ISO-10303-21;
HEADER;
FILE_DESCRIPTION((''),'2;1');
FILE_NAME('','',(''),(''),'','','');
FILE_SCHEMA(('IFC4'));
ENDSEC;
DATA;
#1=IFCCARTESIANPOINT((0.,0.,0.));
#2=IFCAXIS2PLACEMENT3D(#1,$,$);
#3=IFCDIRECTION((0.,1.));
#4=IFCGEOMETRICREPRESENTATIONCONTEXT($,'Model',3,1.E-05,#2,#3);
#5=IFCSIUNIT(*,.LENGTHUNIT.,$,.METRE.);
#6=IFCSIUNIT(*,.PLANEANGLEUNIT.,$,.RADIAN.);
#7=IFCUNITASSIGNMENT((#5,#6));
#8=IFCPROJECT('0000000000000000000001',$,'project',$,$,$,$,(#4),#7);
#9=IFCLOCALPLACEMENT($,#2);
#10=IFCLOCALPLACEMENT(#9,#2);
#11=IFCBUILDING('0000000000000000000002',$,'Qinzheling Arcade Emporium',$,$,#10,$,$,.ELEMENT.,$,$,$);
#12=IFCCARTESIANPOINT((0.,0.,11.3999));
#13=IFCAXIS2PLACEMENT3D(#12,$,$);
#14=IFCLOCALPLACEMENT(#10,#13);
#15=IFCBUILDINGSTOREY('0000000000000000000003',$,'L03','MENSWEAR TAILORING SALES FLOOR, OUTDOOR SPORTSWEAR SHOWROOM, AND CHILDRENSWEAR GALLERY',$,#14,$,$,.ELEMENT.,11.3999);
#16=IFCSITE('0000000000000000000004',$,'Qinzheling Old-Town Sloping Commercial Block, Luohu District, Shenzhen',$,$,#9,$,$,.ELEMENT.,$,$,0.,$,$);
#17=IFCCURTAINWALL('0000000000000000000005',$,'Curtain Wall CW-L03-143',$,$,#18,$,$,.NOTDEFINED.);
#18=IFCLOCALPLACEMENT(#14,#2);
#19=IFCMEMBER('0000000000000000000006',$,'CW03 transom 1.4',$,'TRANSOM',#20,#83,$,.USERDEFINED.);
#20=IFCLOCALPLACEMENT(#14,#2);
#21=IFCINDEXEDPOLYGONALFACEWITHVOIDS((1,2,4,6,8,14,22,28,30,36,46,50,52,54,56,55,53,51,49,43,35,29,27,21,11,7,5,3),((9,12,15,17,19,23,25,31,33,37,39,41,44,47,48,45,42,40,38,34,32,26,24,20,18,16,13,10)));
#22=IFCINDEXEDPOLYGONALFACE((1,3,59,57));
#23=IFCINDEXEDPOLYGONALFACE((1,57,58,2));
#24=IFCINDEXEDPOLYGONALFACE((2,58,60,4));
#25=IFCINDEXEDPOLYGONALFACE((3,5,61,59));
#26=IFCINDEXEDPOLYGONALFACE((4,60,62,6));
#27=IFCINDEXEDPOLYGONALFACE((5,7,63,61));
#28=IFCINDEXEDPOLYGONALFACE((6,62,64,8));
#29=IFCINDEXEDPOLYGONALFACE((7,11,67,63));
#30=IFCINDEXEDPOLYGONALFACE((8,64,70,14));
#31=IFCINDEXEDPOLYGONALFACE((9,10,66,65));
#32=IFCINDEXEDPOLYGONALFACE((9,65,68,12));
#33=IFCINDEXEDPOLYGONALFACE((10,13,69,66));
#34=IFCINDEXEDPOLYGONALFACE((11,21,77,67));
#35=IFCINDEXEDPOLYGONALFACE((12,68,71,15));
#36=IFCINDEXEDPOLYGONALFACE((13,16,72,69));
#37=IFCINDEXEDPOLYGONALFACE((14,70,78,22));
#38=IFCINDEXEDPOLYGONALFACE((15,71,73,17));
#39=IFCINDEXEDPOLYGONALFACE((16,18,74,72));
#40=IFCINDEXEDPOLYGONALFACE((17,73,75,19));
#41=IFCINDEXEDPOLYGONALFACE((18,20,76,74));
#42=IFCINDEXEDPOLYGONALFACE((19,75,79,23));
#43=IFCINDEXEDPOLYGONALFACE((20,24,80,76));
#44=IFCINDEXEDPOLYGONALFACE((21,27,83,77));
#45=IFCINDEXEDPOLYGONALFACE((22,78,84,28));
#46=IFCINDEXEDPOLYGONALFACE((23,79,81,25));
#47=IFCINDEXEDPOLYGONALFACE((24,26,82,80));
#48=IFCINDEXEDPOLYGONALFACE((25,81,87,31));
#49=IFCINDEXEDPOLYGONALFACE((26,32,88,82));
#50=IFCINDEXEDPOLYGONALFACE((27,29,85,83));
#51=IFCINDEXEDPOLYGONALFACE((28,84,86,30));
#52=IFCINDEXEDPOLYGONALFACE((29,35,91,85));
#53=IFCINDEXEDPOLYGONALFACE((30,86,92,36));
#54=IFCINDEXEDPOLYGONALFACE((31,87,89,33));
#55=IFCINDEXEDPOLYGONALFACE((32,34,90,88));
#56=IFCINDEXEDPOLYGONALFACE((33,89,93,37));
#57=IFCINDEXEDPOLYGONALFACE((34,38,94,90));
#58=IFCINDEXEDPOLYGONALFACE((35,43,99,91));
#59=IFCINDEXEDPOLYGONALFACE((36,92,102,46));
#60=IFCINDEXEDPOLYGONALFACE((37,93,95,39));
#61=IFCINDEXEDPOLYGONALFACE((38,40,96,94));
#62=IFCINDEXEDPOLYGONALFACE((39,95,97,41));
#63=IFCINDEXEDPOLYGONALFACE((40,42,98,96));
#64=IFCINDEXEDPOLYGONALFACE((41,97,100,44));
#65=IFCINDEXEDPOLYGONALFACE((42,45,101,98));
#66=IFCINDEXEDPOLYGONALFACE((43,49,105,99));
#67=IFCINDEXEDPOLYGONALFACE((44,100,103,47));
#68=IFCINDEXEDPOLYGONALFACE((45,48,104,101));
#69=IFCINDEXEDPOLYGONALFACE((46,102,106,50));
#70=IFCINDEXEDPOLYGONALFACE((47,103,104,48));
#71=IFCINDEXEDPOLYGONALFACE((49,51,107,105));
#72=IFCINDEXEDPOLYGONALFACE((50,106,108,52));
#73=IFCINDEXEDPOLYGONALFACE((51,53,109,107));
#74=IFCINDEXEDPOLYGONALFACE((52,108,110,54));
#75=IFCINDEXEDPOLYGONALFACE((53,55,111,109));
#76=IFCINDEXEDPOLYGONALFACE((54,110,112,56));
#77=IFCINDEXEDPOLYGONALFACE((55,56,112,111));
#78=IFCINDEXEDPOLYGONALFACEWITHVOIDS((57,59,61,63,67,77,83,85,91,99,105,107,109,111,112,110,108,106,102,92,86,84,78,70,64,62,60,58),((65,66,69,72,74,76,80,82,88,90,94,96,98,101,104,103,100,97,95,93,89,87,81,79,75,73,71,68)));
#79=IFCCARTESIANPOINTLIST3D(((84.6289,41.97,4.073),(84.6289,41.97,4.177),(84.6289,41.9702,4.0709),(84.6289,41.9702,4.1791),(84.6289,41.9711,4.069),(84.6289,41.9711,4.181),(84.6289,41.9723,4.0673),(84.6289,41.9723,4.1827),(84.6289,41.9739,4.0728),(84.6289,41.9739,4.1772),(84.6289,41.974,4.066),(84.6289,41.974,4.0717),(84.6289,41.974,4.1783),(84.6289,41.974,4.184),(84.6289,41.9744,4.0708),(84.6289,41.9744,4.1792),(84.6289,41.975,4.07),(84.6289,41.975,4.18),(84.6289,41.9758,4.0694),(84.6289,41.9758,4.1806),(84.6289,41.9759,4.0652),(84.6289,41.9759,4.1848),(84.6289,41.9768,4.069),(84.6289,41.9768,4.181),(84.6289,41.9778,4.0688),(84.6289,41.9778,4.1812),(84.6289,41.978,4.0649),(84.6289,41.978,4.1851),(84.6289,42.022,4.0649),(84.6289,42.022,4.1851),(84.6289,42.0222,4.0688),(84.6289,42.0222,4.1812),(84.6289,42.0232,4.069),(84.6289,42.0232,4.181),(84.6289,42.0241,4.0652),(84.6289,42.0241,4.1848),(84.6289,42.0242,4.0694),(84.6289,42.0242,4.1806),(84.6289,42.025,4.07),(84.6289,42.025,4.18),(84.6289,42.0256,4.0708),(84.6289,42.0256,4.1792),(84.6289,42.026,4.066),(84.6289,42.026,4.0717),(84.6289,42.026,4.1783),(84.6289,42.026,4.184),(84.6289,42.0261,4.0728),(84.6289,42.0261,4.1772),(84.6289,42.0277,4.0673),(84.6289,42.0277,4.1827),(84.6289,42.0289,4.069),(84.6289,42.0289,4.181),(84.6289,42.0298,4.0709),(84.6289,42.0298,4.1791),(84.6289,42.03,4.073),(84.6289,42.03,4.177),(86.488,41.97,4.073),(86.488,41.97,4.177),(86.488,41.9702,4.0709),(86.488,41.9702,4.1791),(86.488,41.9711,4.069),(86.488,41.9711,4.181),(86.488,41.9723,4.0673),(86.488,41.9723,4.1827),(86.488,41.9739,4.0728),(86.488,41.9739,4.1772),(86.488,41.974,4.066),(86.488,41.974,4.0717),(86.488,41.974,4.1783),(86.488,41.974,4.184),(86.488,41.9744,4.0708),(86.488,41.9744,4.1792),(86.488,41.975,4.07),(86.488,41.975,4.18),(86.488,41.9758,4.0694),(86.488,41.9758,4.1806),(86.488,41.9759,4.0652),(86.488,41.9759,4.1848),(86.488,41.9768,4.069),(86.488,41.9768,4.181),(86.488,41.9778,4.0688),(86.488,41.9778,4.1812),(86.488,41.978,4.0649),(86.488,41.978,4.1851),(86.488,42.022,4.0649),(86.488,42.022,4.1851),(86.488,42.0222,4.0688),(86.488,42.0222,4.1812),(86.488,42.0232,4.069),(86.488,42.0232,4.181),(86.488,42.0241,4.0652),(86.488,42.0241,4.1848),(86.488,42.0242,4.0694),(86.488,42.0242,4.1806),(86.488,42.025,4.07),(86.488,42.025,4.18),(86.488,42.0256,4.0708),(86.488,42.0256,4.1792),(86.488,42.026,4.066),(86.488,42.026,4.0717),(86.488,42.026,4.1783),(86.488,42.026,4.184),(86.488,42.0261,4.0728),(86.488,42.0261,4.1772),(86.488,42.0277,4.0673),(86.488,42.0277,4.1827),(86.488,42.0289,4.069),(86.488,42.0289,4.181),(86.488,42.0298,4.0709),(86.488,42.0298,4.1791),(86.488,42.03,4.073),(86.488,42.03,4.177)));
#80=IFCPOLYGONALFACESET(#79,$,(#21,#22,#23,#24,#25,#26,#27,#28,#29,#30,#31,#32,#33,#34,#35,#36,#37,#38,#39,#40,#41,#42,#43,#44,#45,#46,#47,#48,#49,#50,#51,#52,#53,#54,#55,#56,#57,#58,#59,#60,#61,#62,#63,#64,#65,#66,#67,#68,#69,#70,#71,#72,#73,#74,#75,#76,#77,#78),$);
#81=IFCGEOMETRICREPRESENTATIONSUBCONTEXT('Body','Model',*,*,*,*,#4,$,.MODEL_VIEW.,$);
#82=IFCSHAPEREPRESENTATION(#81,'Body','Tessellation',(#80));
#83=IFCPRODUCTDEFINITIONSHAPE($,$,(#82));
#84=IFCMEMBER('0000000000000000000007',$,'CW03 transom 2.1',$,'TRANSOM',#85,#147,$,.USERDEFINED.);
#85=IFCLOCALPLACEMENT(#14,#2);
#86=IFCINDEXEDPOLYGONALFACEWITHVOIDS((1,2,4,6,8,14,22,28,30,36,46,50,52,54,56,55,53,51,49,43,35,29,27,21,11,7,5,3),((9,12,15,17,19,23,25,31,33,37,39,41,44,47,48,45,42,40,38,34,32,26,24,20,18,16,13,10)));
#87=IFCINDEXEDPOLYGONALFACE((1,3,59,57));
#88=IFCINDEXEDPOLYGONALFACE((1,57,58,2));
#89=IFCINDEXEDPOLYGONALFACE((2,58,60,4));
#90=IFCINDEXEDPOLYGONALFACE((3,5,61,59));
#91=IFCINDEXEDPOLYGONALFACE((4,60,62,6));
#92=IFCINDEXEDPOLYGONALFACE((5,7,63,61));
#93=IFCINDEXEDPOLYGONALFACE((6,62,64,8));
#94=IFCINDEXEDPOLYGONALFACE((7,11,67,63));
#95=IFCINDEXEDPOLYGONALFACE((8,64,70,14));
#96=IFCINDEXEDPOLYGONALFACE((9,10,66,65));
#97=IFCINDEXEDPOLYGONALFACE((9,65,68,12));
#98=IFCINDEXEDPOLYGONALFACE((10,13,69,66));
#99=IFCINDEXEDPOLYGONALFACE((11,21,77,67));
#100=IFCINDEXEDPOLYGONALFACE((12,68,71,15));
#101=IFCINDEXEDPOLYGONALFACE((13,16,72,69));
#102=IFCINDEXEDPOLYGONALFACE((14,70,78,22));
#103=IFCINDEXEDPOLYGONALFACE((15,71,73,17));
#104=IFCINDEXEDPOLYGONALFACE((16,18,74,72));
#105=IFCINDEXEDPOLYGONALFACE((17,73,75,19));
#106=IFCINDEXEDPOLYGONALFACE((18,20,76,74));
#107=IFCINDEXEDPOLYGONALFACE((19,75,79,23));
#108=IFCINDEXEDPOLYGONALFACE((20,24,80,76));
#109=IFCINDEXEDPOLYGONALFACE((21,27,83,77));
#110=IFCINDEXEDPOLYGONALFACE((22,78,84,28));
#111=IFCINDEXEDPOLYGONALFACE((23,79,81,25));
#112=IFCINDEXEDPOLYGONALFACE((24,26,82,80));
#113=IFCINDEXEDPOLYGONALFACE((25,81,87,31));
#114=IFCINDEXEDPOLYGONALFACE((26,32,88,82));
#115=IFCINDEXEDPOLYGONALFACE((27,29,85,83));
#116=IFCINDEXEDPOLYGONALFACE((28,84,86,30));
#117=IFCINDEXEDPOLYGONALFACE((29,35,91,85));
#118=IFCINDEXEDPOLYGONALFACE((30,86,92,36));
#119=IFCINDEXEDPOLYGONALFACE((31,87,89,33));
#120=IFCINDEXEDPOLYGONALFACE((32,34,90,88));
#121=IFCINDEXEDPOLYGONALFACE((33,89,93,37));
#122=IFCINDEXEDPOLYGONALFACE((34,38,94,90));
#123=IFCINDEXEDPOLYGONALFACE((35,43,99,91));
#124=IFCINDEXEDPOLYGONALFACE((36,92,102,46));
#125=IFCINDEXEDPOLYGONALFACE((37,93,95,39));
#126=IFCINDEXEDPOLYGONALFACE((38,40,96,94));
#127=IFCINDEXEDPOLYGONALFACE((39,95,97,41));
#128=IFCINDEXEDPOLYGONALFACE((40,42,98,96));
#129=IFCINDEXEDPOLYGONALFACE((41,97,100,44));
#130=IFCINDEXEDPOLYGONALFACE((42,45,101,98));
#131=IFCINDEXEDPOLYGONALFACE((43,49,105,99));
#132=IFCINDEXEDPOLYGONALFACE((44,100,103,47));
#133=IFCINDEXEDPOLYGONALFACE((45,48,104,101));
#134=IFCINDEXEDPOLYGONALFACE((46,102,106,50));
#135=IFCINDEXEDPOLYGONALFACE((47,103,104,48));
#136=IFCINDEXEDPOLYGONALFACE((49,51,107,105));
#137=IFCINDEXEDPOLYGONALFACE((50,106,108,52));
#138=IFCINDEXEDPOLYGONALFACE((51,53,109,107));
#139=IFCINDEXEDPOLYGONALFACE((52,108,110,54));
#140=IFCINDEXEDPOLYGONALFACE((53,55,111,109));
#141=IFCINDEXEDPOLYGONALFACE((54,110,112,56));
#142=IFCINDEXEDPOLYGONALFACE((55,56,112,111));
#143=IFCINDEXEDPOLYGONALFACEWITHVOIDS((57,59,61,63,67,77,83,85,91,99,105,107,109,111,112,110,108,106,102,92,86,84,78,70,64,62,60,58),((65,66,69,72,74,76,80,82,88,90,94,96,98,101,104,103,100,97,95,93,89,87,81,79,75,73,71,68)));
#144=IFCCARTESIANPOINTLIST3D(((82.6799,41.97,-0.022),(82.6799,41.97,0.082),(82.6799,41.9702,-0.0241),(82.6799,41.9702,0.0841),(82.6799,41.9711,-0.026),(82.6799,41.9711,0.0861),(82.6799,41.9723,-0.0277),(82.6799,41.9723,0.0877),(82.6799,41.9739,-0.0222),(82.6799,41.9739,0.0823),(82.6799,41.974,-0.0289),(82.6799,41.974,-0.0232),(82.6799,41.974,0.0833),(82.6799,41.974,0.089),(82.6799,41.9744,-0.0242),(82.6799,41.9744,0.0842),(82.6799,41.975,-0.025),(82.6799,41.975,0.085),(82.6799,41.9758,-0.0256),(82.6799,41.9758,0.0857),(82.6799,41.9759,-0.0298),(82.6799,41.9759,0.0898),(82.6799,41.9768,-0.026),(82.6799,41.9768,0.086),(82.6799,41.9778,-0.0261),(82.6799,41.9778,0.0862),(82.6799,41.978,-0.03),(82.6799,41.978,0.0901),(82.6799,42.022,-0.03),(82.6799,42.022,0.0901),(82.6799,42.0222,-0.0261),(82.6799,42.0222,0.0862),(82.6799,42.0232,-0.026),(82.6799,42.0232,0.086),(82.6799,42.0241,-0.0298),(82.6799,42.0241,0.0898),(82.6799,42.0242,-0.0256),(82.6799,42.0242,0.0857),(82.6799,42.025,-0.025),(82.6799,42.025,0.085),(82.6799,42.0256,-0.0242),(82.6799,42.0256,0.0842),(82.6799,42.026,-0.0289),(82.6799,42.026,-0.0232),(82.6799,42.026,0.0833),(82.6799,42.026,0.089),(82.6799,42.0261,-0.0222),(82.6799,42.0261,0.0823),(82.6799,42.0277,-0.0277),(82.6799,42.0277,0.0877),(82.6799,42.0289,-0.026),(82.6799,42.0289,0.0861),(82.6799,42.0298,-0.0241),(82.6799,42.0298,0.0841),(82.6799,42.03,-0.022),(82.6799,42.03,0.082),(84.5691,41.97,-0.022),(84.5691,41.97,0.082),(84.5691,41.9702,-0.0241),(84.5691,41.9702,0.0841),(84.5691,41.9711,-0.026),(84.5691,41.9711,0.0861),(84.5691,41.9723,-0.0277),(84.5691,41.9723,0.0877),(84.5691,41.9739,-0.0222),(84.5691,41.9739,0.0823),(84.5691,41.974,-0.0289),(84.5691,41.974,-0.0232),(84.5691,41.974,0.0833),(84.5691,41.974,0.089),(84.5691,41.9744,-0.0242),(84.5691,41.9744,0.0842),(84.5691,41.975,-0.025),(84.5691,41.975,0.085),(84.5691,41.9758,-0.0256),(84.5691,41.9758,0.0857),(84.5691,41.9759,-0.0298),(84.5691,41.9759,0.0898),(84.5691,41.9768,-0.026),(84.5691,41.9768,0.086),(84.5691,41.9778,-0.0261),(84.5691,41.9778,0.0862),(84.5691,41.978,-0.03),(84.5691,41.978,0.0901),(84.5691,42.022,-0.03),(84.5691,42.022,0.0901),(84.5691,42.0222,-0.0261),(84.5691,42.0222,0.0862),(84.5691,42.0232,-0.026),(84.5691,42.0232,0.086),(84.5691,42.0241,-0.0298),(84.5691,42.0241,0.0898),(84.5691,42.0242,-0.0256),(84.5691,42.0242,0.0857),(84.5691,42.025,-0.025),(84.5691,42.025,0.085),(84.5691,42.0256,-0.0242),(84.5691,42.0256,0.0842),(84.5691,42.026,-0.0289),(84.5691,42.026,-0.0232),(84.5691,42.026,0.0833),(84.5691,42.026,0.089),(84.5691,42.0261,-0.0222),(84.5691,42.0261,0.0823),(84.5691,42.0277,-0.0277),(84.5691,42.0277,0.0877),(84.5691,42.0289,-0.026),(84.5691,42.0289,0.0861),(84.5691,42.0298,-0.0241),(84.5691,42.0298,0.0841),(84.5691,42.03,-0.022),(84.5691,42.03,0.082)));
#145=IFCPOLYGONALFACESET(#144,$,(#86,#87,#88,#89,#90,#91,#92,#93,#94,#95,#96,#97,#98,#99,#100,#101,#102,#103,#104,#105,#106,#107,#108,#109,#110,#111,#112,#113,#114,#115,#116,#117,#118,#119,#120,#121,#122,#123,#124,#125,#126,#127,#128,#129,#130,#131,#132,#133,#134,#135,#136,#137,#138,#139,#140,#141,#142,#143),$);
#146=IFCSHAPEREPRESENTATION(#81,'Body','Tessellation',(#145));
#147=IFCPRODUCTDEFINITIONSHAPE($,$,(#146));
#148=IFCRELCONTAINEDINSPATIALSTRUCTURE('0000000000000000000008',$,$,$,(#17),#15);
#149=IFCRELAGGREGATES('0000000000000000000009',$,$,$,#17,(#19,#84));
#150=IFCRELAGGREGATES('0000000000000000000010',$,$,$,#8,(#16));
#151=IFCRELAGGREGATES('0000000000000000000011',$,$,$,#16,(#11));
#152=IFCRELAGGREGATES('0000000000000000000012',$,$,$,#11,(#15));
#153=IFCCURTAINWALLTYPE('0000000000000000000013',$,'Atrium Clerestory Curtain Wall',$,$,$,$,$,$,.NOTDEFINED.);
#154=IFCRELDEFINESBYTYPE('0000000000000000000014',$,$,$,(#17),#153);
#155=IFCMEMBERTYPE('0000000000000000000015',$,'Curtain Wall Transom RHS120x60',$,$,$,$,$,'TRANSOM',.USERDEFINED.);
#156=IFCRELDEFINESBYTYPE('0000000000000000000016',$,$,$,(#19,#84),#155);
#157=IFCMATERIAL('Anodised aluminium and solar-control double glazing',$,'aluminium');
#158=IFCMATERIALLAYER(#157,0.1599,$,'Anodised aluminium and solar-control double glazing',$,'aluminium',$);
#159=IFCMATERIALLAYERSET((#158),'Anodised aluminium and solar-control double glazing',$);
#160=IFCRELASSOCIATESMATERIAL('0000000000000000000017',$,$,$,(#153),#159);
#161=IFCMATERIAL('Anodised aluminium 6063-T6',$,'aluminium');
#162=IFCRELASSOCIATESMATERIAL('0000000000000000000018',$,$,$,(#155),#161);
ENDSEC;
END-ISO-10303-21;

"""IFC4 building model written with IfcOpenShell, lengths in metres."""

from ifc_helpers import new_model, si_unit, direction, frame, origin, origin_2d, place, context, subcontext, project, spatial, hollow_rectangle, extrude, material, layer, layer_set, material_profile, profile_set, type_object, element, aggregate, save


model = new_model("IFC4")

# Units and contexts
model_context = context("Model", 3, precision=1e-05, world=origin(), true_north=direction((0.0, 1.0)))
body_context = subcontext(model_context, "Body", "Model", "MODEL_VIEW")
ifc_project = project(units=[si_unit("LENGTHUNIT", "METRE"), si_unit("PLANEANGLEUNIT", "RADIAN")], contexts=[model_context])

# Site, building, storey
site_placement = place(None, origin())
site = spatial("IfcSite", under=ifc_project, at=site_placement, Name="Qinzheling Old-Town Sloping Commercial Block, Luohu District, Shenzhen", CompositionType="ELEMENT", RefElevation=0.0)
building_placement = place(site_placement, origin())
building = spatial("IfcBuilding", under=site, at=building_placement, Name="Qinzheling Arcade Emporium", CompositionType="ELEMENT")
storey_placement = place(building_placement, frame((0.0, 0.0, 11.3999)))
storey = spatial("IfcBuildingStorey", under=building, at=storey_placement, Name="L03", Description="MENSWEAR TAILORING SALES FLOOR, OUTDOOR SPORTSWEAR SHOWROOM, AND CHILDRENSWEAR GALLERY", CompositionType="ELEMENT", Elevation=11.3999)

# Curtain wall, members
ifc_material_1 = material(Name="Anodised aluminium and solar-control double glazing", Category="aluminium")
ifc_layer_1 = layer(ifc_material_1, 0.1599, Name="Anodised aluminium and solar-control double glazing", Category="aluminium")
ifc_layer_set_1 = layer_set([ifc_layer_1], Name="Anodised aluminium and solar-control double glazing")
curtain_wall_type = type_object("IfcCurtainWallType", Name="Atrium Clerestory Curtain Wall", PredefinedType="NOTDEFINED", material=ifc_layer_set_1)
curtain_wall_placement = place(storey_placement, origin())
curtain_wall = element("IfcCurtainWall", 1, at=curtain_wall_placement, inside=storey, type_object=curtain_wall_type, Name="Curtain Wall CW-L03-143", PredefinedType="NOTDEFINED")
ifc_material_2 = material(Name="Anodised aluminium 6063-T6", Category="aluminium")
ifc_material_profile_1 = material_profile(ifc_material_2, hollow_rectangle(XDim=0.0601, YDim=0.1201, WallThickness=0.0039, InnerFilletRadius=0.0039, OuterFilletRadius=0.0081, at=origin_2d()), Name="RHS 120x60x4", Category="aluminium")
ifc_profile_set_1 = profile_set([ifc_material_profile_1], Name="Anodised aluminium 6063-T6")
member_type_1 = type_object("IfcMemberType", Name="Curtain Wall Transom RHS120x60", ElementType="TRANSOM", PredefinedType="USERDEFINED", material=ifc_profile_set_1)
member_1_placement = place(storey_placement, frame((86.488, 42.0, 4.125), z_axis=(-1.0, 0.0, 0.0), x_axis=(0.0, -1.0, 0.0)))
member_1 = element("IfcMember", 2, at=member_1_placement, type_object=member_type_1, Name="CW03 transom 1.4", ObjectType="TRANSOM", PredefinedType="USERDEFINED", context=body_context, shape_type="SweptSolid", body=[
    extrude(hollow_rectangle(XDim=0.0601, YDim=0.1201, WallThickness=0.0039, InnerFilletRadius=0.0039, OuterFilletRadius=0.0081, at=origin_2d()), origin(), (0.0, 0.0, 1.0), 1.8591),
])
member_2_placement = place(storey_placement, frame((84.5691, 42.0, 0.03), z_axis=(-1.0, 0.0, 0.0), x_axis=(0.0, -1.0, 0.0)))
member_2 = element("IfcMember", 3, at=member_2_placement, type_object=member_type_1, Name="CW03 transom 2.1", ObjectType="TRANSOM", PredefinedType="USERDEFINED", context=body_context, shape_type="SweptSolid", body=[
    extrude(hollow_rectangle(XDim=0.0601, YDim=0.1201, WallThickness=0.0039, InnerFilletRadius=0.0039, OuterFilletRadius=0.0081, at=origin_2d()), origin(), (0.0, 0.0, 1.0), 1.8892),
])

aggregate(curtain_wall, [member_1, member_2])

save(model, "model.ifc")
